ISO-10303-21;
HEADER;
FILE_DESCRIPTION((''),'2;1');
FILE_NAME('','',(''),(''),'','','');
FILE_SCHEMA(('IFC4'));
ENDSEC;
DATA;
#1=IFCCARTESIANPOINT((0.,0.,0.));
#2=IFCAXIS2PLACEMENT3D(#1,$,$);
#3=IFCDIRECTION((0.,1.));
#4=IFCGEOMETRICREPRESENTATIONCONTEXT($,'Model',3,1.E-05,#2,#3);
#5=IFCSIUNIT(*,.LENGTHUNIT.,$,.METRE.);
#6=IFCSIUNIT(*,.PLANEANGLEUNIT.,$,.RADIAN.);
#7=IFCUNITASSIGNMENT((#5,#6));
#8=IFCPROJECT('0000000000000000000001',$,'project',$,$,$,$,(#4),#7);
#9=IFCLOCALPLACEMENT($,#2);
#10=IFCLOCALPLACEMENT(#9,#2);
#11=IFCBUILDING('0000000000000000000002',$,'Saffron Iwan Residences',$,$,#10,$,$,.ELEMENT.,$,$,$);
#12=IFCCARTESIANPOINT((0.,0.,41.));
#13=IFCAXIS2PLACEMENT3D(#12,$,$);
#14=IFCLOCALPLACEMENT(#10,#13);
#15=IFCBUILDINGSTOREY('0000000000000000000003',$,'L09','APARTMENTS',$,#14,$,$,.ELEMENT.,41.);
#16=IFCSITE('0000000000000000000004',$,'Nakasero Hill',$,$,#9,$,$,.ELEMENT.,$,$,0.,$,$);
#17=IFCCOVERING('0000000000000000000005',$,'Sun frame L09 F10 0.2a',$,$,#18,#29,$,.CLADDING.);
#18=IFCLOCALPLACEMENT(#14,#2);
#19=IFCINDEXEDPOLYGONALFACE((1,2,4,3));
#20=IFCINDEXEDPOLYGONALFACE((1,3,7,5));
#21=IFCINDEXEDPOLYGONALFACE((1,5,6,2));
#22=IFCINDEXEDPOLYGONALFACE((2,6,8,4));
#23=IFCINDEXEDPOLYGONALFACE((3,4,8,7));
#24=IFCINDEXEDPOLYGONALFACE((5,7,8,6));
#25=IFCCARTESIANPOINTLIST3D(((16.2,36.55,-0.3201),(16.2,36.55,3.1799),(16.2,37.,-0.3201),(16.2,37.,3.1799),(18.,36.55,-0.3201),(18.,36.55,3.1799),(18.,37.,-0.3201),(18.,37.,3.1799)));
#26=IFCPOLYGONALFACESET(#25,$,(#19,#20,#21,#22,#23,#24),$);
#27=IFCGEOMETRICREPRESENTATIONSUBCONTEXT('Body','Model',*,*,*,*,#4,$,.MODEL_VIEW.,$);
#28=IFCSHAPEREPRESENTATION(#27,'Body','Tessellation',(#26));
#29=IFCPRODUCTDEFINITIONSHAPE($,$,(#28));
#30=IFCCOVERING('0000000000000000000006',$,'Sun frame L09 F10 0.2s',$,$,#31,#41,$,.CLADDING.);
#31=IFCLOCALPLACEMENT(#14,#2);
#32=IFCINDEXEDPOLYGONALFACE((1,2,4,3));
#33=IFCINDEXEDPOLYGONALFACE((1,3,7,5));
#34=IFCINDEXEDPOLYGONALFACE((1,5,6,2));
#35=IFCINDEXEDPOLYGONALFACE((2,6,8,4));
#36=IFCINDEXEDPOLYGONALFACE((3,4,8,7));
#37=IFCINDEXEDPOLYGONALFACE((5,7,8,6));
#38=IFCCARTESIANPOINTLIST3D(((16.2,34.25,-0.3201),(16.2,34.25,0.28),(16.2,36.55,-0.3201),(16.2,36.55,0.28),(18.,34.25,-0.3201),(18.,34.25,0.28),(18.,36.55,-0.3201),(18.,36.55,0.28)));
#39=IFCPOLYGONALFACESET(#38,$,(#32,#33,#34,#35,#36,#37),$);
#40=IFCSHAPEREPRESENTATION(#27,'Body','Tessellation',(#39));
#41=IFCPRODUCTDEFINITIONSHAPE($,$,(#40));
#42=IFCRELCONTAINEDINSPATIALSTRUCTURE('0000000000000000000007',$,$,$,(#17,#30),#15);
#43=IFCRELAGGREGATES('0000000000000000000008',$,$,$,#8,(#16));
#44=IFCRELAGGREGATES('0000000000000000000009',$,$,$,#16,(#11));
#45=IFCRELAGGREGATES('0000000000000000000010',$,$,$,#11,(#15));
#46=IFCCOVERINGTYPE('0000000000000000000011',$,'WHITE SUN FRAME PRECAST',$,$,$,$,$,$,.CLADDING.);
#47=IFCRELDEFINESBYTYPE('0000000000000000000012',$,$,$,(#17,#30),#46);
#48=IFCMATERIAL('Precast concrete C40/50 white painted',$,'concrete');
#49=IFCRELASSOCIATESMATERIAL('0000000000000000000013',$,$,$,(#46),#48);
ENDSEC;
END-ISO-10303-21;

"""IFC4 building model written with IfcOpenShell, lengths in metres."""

from ifc_helpers import new_model, si_unit, direction, frame, origin, place, context, subcontext, project, spatial, polyline, outline, extrude, material, type_object, element, save


model = new_model("IFC4")

# Units and contexts
model_context = context("Model", 3, precision=1e-05, world=origin(), true_north=direction((0.0, 1.0)))
body_context = subcontext(model_context, "Body", "Model", "MODEL_VIEW")
ifc_project = project(units=[si_unit("LENGTHUNIT", "METRE"), si_unit("PLANEANGLEUNIT", "RADIAN")], contexts=[model_context])

# Site, building, storey
site_placement = place(None, origin())
site = spatial("IfcSite", under=ifc_project, at=site_placement, Name="Nakasero Hill", CompositionType="ELEMENT", RefElevation=0.0)
building_placement = place(site_placement, origin())
building = spatial("IfcBuilding", under=site, at=building_placement, Name="Saffron Iwan Residences", CompositionType="ELEMENT")
storey_placement = place(building_placement, frame((0.0, 0.0, 41.0)))
storey = spatial("IfcBuildingStorey", under=building, at=storey_placement, Name="L09", Description="APARTMENTS", CompositionType="ELEMENT", Elevation=41.0)

# Coverings
ifc_material_1 = material(Name="Precast concrete C40/50 white painted", Category="concrete")
covering_type_1 = type_object("IfcCoveringType", Name="WHITE SUN FRAME PRECAST", PredefinedType="CLADDING", material=ifc_material_1)
covering_1_placement = place(storey_placement, frame((18.0, 37.0, -0.3201), z_axis=(-1.0, 0.0, 0.0), x_axis=(0.0, -1.0, 0.0)))
element("IfcCovering", 1, at=covering_1_placement, inside=storey, type_object=covering_type_1, Name="Sun frame L09 F10 0.2a", PredefinedType="CLADDING", context=body_context, shape_type="SweptSolid", body=[
    extrude(outline(polyline([(0.0, 0.0), (0.45, 0.0), (0.45, 3.5), (0.0, 3.5), (0.0, 0.0)])), origin(), (0.0, 0.0, 1.0), 1.8),
])
covering_2_placement = place(storey_placement, frame((18.0, 36.55, -0.3201), z_axis=(-1.0, 0.0, 0.0), x_axis=(0.0, -1.0, 0.0)))
element("IfcCovering", 2, at=covering_2_placement, inside=storey, type_object=covering_type_1, Name="Sun frame L09 F10 0.2s", PredefinedType="CLADDING", context=body_context, shape_type="SweptSolid", body=[
    extrude(outline(polyline([(0.0, 0.0), (2.3, 0.0), (2.3, 0.6001), (0.0, 0.6001), (0.0, 0.0)])), origin(), (0.0, 0.0, 1.0), 1.8),
])

save(model, "model.ifc")
